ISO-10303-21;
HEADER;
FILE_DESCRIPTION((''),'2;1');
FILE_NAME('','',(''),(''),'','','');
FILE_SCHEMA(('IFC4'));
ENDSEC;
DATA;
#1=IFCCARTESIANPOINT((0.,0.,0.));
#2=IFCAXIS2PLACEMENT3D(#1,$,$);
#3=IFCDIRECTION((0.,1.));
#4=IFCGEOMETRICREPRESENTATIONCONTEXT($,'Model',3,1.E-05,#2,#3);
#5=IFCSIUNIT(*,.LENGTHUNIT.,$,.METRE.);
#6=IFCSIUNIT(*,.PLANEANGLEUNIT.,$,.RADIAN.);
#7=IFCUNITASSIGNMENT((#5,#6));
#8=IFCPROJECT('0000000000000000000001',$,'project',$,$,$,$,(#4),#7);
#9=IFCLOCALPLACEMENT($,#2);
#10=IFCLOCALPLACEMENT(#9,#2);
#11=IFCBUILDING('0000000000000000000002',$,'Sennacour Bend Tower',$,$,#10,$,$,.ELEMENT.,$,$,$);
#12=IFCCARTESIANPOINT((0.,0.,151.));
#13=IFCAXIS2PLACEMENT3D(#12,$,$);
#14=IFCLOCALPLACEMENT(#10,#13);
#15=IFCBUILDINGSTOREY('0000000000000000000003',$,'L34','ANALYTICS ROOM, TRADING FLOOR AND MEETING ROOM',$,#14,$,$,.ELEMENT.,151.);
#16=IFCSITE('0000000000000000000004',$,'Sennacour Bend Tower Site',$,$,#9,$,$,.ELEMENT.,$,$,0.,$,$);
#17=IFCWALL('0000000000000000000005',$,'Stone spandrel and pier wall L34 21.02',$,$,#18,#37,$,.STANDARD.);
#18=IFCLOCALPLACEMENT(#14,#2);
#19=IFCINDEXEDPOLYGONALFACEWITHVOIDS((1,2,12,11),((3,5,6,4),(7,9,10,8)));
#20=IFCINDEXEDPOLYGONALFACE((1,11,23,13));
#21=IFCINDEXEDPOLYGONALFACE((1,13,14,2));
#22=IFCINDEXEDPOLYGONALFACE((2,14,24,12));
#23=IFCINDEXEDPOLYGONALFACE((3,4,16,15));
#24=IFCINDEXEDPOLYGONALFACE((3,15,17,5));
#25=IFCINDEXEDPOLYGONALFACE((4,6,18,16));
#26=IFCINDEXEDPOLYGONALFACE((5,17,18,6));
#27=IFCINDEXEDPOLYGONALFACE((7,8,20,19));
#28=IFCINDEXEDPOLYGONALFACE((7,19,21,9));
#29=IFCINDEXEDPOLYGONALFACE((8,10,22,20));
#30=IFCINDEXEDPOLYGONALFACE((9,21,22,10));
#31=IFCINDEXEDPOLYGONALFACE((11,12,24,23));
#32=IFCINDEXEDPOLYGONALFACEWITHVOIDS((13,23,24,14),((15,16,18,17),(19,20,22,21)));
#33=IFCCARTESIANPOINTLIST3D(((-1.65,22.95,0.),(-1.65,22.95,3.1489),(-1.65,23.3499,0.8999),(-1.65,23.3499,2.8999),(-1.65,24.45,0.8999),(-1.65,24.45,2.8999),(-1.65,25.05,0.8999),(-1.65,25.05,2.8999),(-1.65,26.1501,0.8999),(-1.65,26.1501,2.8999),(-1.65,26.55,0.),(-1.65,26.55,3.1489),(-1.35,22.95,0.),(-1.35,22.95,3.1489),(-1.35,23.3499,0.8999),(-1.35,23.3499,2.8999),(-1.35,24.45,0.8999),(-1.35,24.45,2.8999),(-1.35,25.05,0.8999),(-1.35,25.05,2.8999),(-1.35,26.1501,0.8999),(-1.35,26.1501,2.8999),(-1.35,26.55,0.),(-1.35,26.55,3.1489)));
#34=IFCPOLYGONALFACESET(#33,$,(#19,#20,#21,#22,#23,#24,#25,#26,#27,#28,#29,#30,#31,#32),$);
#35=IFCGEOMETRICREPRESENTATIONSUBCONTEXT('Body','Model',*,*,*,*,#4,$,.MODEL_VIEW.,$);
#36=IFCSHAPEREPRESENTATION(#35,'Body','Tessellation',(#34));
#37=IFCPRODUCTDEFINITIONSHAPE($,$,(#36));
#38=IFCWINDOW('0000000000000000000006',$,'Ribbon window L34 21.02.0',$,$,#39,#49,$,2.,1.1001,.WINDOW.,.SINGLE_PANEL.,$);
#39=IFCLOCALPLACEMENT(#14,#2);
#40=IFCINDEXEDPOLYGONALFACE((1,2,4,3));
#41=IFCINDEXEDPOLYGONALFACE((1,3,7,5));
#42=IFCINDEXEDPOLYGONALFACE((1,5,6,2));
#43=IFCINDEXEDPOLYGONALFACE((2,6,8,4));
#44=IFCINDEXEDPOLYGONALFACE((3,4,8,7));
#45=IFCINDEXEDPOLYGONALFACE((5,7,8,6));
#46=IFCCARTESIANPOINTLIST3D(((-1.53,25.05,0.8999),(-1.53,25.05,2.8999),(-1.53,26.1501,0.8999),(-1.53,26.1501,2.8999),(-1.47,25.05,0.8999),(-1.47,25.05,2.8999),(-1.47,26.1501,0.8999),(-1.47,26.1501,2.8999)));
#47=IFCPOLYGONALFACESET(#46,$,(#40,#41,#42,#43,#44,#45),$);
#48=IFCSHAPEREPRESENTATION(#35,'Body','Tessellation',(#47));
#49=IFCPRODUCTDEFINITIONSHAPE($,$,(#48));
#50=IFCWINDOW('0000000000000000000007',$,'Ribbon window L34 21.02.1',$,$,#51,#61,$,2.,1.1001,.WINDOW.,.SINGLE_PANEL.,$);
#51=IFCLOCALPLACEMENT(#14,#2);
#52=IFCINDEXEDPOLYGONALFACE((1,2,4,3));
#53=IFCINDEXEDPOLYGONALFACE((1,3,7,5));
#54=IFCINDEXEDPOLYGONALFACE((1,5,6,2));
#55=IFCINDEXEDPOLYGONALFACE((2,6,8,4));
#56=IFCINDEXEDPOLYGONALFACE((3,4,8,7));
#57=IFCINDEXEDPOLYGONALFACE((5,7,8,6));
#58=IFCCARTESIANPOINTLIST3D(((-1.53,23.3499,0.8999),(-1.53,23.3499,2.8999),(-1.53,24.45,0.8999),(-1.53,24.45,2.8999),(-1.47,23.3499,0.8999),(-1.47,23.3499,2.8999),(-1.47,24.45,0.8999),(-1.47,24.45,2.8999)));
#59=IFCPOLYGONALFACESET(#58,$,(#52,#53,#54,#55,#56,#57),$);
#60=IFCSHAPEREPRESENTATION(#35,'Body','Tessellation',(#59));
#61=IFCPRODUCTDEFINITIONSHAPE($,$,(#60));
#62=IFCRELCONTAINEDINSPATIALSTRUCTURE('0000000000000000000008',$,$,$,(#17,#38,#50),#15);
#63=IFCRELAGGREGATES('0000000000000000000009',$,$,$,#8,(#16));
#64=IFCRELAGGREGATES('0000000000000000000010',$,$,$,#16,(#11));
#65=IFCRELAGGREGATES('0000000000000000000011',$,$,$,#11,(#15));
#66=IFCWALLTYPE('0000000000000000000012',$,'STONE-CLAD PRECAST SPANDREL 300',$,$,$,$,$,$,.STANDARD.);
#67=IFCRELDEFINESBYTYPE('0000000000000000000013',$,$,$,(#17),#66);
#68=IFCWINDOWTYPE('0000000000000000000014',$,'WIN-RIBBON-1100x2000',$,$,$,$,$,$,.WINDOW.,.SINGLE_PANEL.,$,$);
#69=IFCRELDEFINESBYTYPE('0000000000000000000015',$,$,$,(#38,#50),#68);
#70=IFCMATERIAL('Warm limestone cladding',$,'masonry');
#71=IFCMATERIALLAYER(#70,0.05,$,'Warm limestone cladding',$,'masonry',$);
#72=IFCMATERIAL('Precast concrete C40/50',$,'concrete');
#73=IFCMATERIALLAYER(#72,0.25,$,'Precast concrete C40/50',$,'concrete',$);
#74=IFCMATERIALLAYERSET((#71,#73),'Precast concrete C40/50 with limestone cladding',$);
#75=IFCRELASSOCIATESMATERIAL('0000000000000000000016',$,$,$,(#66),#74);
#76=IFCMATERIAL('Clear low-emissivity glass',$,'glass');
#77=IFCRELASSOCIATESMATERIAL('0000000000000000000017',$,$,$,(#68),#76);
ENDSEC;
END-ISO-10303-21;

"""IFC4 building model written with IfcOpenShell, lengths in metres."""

from ifc_helpers import new_model, si_unit, direction, frame, frame_2d, origin, place, context, subcontext, project, spatial, rectangle, extrude, material, layer, layer_set, type_object, element, fill, save


model = new_model("IFC4")

# Units and contexts
model_context = context("Model", 3, precision=1e-05, world=origin(), true_north=direction((0.0, 1.0)))
body_context = subcontext(model_context, "Body", "Model", "MODEL_VIEW")
ifc_project = project(units=[si_unit("LENGTHUNIT", "METRE"), si_unit("PLANEANGLEUNIT", "RADIAN")], contexts=[model_context])

# Site, building, storey
site_placement = place(None, origin())
site = spatial("IfcSite", under=ifc_project, at=site_placement, Name="Sennacour Bend Tower Site", CompositionType="ELEMENT", RefElevation=0.0)
building_placement = place(site_placement, origin())
building = spatial("IfcBuilding", under=site, at=building_placement, Name="Sennacour Bend Tower", CompositionType="ELEMENT")
storey_placement = place(building_placement, frame((0.0, 0.0, 151.0)))
storey = spatial("IfcBuildingStorey", under=building, at=storey_placement, Name="L34", Description="ANALYTICS ROOM, TRADING FLOOR AND MEETING ROOM", CompositionType="ELEMENT", Elevation=151.0)

# Wall, openings, windows
ifc_material_1 = material(Name="Warm limestone cladding", Category="masonry")
ifc_layer_1 = layer(ifc_material_1, 0.05, Name="Warm limestone cladding", Category="masonry")
ifc_material_2 = material(Name="Precast concrete C40/50", Category="concrete")
ifc_layer_2 = layer(ifc_material_2, 0.25, Name="Precast concrete C40/50", Category="concrete")
ifc_layer_set_1 = layer_set([ifc_layer_1, ifc_layer_2], Name="Precast concrete C40/50 with limestone cladding")
wall_type_1 = type_object("IfcWallType", Name="STONE-CLAD PRECAST SPANDREL 300", PredefinedType="STANDARD", material=ifc_layer_set_1)
wall_1_placement = place(storey_placement, frame((-1.5, 26.55, 0.0), z_axis=(0.0, 0.0, 1.0), x_axis=(0.0, -1.0, 0.0)))
wall_1 = element("IfcWall", 1, at=wall_1_placement, inside=storey, type_object=wall_type_1, Name="Stone spandrel and pier wall L34 21.02", PredefinedType="STANDARD", context=body_context, shape_type="SweptSolid", body=[
    extrude(rectangle(XDim=3.6001, YDim=0.3, at=frame_2d((1.8, 0.0))), origin(), (0.0, 0.0, 1.0), 3.1489),
])
opening_1_placement = place(wall_1_placement, frame((0.3999, 0.0, 0.8999)))
opening_1 = element("IfcOpeningElement", 2, at=opening_1_placement, cuts=wall_1, PredefinedType="OPENING", context=body_context, shape_type="SweptSolid", body=[
    extrude(rectangle(XDim=1.1001, YDim=2.0, at=frame_2d((0.55, 1.0))), frame((0.0, 0.1602, 0.0), z_axis=(0.0, -1.0, 0.0), x_axis=(1.0, 0.0, 0.0)), (0.0, 0.0, 1.0), 0.3201),
])
opening_2_placement = place(wall_1_placement, frame((2.1001, 0.0, 0.8999)))
opening_2 = element("IfcOpeningElement", 3, at=opening_2_placement, cuts=wall_1, PredefinedType="OPENING", context=body_context, shape_type="SweptSolid", body=[
    extrude(rectangle(XDim=1.1001, YDim=2.0, at=frame_2d((0.55, 1.0))), frame((0.0, 0.1602, 0.0), z_axis=(0.0, -1.0, 0.0), x_axis=(1.0, 0.0, 0.0)), (0.0, 0.0, 1.0), 0.3201),
])
ifc_material_3 = material(Name="Clear low-emissivity glass", Category="glass")
window_type = type_object("IfcWindowType", Name="WIN-RIBBON-1100x2000", PartitioningType="SINGLE_PANEL", PredefinedType="WINDOW", material=ifc_material_3)
window_1_placement = place(opening_1_placement, origin())
window_1 = element("IfcWindow", 4, at=window_1_placement, inside=storey, type_object=window_type, Name="Ribbon window L34 21.02.0", OverallHeight=2.0, OverallWidth=1.1001, PartitioningType="SINGLE_PANEL", PredefinedType="WINDOW", context=body_context, shape_type="SweptSolid", body=[
    extrude(rectangle(XDim=1.1001, YDim=2.0, at=frame_2d((0.55, 1.0))), frame((0.0, 0.03, 0.0), z_axis=(0.0, -1.0, 0.0), x_axis=(1.0, 0.0, 0.0)), (0.0, 0.0, 1.0), 0.0601),
])
fill(opening_1, window_1)
window_2_placement = place(opening_2_placement, origin())
window_2 = element("IfcWindow", 5, at=window_2_placement, inside=storey, type_object=window_type, Name="Ribbon window L34 21.02.1", OverallHeight=2.0, OverallWidth=1.1001, PartitioningType="SINGLE_PANEL", PredefinedType="WINDOW", context=body_context, shape_type="SweptSolid", body=[
    extrude(rectangle(XDim=1.1001, YDim=2.0, at=frame_2d((0.55, 1.0))), frame((0.0, 0.03, 0.0), z_axis=(0.0, -1.0, 0.0), x_axis=(1.0, 0.0, 0.0)), (0.0, 0.0, 1.0), 0.0601),
])
fill(opening_2, window_2)

save(model, "model.ifc")
